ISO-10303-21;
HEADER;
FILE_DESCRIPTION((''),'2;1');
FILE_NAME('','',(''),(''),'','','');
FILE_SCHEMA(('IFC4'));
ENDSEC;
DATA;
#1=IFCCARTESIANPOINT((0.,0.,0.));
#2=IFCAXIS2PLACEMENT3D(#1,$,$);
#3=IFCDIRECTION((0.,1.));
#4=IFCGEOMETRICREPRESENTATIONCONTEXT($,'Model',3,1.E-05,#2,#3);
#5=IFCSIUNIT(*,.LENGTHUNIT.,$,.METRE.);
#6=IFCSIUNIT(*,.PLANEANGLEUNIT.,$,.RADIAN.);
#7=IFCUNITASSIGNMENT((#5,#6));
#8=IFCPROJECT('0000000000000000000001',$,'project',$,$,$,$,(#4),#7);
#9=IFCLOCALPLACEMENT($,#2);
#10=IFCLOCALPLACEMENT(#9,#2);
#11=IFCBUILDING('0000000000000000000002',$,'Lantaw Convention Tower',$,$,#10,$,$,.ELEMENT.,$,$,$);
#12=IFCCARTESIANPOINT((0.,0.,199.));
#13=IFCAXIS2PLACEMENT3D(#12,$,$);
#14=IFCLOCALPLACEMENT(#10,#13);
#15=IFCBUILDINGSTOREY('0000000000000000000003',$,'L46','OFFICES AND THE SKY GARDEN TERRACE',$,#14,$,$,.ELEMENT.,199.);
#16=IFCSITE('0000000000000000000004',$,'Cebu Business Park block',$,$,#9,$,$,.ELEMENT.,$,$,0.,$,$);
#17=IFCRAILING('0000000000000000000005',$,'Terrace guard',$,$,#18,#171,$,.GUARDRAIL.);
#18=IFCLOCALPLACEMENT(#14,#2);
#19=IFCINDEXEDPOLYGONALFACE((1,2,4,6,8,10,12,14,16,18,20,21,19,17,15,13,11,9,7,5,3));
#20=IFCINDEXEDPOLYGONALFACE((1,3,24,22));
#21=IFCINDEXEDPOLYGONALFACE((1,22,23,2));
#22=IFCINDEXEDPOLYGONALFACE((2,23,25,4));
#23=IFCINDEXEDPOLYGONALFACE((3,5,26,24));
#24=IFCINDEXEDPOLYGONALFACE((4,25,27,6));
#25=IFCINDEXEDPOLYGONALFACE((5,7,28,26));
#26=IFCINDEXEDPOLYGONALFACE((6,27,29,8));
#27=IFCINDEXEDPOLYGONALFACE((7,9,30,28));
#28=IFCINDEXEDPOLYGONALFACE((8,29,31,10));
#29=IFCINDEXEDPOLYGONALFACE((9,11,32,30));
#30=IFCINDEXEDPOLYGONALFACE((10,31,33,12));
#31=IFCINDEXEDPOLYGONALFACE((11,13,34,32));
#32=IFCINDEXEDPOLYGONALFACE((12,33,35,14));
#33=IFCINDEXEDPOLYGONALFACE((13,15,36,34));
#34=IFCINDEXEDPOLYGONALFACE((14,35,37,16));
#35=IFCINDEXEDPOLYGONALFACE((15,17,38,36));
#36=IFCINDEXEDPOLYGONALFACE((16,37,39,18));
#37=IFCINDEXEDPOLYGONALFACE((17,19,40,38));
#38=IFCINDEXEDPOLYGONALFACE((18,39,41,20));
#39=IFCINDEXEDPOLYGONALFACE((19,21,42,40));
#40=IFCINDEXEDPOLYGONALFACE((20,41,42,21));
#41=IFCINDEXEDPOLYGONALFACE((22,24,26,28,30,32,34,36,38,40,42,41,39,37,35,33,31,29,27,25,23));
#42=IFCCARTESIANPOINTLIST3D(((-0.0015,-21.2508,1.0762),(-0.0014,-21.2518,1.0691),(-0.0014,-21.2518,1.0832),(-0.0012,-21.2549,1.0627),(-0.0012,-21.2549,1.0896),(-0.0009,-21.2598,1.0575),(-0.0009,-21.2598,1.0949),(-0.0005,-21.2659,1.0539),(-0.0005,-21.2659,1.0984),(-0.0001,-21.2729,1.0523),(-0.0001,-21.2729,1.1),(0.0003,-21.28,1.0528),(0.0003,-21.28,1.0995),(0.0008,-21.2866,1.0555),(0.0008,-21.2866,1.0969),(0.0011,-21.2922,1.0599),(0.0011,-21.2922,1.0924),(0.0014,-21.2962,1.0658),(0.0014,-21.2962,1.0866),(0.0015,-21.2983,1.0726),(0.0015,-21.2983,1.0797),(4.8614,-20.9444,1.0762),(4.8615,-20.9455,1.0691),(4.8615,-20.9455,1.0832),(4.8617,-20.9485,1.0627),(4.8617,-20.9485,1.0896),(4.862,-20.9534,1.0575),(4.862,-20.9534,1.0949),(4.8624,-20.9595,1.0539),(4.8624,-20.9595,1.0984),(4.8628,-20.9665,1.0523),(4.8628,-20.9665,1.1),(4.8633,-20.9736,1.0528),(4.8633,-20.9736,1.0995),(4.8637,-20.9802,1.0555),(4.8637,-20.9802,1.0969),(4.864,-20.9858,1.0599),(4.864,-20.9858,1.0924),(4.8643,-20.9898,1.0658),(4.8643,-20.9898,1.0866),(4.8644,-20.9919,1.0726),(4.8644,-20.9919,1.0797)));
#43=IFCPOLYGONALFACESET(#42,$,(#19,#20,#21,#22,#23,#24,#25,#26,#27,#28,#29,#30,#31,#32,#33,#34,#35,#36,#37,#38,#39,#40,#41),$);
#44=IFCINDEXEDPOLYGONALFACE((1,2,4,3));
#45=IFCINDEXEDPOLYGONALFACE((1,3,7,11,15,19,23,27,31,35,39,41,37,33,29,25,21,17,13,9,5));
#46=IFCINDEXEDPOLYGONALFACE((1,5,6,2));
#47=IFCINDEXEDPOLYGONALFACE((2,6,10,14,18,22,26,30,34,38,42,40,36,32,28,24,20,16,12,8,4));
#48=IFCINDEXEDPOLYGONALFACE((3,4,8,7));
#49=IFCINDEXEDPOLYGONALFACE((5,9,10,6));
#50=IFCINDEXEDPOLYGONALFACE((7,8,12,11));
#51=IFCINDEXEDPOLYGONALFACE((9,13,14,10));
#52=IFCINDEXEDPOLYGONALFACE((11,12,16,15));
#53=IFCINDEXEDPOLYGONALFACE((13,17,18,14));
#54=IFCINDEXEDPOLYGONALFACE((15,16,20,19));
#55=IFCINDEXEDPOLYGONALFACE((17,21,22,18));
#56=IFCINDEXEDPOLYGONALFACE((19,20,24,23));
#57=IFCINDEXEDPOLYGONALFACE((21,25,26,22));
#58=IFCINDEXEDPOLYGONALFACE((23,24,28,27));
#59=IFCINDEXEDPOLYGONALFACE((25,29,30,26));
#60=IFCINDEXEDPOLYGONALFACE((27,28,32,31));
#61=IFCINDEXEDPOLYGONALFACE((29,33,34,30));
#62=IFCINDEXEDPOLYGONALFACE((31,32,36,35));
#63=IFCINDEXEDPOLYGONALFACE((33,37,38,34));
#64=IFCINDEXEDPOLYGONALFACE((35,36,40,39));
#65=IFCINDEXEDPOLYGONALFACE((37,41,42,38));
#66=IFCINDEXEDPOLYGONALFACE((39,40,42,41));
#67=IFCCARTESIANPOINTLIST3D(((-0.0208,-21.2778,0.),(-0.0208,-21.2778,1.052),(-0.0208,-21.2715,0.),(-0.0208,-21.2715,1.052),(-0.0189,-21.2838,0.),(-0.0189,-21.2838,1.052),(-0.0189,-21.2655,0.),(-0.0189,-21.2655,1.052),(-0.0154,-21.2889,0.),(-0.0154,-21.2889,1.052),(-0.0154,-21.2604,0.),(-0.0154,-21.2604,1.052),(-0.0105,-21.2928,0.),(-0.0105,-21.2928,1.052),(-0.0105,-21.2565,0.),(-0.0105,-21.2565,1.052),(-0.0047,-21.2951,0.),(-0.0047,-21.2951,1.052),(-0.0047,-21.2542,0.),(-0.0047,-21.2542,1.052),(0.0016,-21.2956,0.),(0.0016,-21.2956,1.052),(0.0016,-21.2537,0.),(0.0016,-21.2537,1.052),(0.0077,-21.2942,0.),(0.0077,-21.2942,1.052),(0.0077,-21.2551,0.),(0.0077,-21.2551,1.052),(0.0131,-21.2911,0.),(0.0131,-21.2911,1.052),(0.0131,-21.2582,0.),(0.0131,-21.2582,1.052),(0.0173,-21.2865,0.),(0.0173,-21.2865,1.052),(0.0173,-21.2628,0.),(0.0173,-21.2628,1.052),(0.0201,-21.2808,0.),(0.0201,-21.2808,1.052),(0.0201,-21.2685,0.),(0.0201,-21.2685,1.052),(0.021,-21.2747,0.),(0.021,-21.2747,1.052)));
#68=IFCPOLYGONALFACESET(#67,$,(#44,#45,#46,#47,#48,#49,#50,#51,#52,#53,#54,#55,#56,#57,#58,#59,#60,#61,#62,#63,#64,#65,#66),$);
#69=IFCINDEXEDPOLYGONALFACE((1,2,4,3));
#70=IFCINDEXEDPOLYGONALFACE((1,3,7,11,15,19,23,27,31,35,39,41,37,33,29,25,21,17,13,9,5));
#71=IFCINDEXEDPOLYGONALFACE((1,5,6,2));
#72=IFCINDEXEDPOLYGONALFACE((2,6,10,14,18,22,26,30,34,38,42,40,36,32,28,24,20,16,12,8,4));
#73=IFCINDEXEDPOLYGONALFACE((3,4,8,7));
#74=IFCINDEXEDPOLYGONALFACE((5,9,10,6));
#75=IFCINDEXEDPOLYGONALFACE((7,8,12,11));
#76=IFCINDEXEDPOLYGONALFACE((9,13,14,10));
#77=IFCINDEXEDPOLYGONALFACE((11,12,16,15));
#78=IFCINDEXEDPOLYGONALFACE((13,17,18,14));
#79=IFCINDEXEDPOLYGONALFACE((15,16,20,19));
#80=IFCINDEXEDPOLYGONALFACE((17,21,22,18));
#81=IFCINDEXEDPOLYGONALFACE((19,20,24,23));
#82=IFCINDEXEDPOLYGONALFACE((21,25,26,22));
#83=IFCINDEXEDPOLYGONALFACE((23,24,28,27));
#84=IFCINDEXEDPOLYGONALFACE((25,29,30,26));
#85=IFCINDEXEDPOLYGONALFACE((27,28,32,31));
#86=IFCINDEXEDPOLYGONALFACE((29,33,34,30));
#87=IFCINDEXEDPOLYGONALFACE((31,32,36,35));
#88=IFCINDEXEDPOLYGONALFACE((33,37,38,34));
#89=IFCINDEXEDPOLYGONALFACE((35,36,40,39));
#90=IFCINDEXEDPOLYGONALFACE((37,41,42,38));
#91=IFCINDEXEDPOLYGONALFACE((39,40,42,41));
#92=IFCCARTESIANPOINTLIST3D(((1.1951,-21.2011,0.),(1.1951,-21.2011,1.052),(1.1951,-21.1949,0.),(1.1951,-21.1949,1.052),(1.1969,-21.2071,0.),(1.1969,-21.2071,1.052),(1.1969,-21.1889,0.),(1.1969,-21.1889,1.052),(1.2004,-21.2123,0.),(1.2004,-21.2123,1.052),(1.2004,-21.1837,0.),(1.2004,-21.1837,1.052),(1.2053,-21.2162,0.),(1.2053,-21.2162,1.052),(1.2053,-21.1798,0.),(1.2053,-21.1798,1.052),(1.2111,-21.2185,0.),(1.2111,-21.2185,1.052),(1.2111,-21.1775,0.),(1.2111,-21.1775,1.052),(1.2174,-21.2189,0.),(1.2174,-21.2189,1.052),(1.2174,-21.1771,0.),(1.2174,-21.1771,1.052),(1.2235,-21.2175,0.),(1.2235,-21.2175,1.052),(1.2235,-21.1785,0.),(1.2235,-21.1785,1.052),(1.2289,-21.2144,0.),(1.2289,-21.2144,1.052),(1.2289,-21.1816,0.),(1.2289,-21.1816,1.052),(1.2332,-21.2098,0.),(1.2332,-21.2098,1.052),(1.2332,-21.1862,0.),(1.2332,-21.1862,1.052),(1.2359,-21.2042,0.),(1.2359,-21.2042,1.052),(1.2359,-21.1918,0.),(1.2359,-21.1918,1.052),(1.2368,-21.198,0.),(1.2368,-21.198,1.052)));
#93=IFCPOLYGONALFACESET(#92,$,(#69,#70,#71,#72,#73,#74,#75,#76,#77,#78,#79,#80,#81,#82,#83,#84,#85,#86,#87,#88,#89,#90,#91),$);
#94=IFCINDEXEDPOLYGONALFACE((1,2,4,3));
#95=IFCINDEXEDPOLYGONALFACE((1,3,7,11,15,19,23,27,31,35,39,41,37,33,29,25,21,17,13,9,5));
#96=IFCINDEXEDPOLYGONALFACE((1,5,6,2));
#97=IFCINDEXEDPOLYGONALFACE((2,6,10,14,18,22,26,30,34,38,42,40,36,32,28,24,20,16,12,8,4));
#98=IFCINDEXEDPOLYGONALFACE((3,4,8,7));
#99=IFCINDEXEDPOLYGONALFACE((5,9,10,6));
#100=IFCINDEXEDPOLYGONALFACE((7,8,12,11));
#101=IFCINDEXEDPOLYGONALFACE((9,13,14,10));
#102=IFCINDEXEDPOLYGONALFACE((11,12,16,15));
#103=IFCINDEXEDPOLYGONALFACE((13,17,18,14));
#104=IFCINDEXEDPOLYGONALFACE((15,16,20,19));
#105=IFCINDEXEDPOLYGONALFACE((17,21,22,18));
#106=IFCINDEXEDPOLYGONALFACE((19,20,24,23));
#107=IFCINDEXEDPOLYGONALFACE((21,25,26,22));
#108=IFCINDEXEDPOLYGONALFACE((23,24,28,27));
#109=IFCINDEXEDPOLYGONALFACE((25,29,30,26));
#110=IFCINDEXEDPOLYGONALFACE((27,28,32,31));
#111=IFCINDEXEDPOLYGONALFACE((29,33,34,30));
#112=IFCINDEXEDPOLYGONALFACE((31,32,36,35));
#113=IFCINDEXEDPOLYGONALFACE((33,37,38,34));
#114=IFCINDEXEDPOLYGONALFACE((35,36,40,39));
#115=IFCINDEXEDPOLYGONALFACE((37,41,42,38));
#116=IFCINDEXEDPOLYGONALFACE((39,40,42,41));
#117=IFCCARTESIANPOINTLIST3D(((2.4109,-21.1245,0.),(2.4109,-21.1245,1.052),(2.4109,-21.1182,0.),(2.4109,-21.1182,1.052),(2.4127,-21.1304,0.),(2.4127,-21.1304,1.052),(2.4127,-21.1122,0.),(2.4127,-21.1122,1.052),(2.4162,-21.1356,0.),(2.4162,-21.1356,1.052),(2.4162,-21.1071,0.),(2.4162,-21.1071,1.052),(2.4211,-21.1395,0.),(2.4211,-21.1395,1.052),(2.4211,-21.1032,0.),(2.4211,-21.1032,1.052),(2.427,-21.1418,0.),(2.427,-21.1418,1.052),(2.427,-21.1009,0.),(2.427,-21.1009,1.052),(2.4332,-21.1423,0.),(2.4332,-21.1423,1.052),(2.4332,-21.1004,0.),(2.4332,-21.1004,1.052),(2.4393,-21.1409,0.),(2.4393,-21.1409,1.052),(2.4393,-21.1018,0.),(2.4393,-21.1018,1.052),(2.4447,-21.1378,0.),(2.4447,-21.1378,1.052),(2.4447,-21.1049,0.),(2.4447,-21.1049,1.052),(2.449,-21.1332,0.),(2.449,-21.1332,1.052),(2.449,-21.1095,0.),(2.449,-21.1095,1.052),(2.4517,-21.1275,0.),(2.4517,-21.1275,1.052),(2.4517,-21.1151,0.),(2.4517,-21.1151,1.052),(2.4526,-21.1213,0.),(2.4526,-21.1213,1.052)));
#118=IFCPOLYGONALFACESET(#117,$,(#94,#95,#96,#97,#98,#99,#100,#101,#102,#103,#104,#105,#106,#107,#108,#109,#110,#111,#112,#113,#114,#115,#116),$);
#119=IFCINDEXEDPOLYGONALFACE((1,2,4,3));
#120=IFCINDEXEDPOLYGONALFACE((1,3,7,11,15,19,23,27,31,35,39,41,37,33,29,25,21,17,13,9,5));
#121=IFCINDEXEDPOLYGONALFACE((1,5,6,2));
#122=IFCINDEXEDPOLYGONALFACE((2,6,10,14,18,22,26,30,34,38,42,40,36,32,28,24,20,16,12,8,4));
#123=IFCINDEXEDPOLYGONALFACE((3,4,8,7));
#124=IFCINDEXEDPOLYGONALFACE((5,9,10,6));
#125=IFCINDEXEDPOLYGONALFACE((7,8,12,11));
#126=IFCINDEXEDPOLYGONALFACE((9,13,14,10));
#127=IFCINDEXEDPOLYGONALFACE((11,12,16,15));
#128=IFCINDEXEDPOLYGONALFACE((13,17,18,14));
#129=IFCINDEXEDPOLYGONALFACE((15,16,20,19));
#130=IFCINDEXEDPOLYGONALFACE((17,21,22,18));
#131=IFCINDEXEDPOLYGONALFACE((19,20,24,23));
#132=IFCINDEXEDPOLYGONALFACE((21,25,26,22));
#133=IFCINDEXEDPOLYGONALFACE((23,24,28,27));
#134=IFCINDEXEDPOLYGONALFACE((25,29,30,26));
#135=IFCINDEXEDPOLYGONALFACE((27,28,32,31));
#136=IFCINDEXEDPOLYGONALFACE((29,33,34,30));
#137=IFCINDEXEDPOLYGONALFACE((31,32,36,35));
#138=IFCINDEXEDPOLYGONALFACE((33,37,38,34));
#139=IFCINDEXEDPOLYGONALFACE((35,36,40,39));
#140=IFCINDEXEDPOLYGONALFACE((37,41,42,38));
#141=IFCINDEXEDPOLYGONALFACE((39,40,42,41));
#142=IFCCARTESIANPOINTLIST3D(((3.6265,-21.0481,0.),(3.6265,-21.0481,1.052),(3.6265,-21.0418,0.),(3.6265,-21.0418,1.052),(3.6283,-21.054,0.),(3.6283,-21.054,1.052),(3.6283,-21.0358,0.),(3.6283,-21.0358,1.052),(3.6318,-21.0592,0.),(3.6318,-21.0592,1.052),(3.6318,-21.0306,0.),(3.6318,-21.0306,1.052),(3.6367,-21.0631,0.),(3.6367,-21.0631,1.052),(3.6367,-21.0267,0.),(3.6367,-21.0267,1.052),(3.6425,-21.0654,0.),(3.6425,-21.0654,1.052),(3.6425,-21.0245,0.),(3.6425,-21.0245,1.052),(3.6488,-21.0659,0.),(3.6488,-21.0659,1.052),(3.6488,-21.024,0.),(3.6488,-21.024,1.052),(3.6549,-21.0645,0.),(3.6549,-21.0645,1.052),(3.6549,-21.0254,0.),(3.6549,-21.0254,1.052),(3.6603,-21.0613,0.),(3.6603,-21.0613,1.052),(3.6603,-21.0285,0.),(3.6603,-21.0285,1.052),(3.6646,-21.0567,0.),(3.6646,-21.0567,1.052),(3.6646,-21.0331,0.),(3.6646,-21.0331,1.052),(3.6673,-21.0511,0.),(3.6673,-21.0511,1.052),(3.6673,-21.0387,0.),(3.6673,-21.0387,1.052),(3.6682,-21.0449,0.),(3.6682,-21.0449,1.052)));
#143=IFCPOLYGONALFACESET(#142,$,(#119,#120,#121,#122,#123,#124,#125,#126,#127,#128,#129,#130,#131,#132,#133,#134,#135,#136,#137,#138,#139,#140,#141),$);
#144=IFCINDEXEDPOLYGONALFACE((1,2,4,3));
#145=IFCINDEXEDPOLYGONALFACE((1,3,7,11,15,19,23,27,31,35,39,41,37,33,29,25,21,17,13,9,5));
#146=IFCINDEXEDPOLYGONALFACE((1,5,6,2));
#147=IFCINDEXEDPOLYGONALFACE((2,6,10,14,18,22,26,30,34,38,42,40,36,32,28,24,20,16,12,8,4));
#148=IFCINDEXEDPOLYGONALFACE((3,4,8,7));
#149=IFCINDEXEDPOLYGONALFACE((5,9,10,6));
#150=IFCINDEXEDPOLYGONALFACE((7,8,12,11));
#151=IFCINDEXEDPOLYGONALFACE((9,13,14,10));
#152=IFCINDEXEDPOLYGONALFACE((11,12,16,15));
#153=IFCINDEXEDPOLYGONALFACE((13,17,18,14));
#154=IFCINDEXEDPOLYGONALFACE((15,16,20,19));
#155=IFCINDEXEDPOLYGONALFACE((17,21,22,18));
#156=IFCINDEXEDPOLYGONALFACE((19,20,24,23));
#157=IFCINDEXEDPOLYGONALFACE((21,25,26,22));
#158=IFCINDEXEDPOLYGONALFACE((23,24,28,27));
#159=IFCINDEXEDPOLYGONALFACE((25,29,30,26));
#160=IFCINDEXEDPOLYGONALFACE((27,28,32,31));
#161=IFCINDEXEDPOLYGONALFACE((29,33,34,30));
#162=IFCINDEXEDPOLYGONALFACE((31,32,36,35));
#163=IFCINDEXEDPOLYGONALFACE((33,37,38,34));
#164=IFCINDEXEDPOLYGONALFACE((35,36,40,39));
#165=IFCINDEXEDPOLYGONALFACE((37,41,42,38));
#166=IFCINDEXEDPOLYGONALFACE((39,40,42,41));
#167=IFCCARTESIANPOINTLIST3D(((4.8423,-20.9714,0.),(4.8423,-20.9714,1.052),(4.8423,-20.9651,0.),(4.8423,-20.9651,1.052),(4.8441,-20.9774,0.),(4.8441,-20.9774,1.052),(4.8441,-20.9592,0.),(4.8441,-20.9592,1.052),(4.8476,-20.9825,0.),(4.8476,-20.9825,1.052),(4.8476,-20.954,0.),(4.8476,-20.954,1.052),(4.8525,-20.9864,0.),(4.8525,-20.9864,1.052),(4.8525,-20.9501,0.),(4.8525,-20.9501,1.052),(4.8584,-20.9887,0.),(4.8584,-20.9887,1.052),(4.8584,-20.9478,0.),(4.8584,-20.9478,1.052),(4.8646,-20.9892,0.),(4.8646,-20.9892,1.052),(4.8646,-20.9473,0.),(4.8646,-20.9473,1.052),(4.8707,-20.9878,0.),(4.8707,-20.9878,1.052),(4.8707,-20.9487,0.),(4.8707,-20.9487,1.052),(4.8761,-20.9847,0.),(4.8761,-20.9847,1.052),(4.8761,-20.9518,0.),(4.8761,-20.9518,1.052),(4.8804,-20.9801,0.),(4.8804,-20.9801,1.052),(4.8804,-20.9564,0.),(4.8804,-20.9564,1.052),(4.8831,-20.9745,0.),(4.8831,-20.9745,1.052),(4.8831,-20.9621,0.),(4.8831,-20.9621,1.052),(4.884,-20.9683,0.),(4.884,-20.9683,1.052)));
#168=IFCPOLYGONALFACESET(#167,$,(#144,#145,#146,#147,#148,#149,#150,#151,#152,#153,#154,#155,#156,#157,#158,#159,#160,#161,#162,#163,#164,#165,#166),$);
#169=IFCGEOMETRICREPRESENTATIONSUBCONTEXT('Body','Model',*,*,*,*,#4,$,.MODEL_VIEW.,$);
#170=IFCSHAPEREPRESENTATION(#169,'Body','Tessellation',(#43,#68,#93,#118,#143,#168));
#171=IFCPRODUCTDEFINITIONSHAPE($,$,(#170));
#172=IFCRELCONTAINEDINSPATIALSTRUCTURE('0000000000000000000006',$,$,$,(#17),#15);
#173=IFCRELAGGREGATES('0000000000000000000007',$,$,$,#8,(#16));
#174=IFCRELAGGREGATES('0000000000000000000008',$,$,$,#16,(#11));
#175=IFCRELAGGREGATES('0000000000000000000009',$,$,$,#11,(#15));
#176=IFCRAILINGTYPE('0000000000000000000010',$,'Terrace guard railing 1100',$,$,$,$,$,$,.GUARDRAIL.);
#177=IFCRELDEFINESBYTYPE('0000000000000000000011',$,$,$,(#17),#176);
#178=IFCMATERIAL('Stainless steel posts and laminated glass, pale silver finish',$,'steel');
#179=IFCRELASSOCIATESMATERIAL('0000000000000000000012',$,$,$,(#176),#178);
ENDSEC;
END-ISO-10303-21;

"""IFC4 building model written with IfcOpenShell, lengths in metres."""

from ifc_helpers import new_model, si_unit, direction, frame, origin, origin_2d, place, context, subcontext, project, spatial, circle, extrude, material, type_object, element, save


model = new_model("IFC4")

# Units and contexts
model_context = context("Model", 3, precision=1e-05, world=origin(), true_north=direction((0.0, 1.0)))
body_context = subcontext(model_context, "Body", "Model", "MODEL_VIEW")
ifc_project = project(units=[si_unit("LENGTHUNIT", "METRE"), si_unit("PLANEANGLEUNIT", "RADIAN")], contexts=[model_context])

# Site, building, storey
site_placement = place(None, origin())
site = spatial("IfcSite", under=ifc_project, at=site_placement, Name="Cebu Business Park block", CompositionType="ELEMENT", RefElevation=0.0)
building_placement = place(site_placement, origin())
building = spatial("IfcBuilding", under=site, at=building_placement, Name="Lantaw Convention Tower", CompositionType="ELEMENT")
storey_placement = place(building_placement, frame((0.0, 0.0, 199.0)))
storey = spatial("IfcBuildingStorey", under=building, at=storey_placement, Name="L46", Description="OFFICES AND THE SKY GARDEN TERRACE", CompositionType="ELEMENT", Elevation=199.0)

# Railing
ifc_material_1 = material(Name="Stainless steel posts and laminated glass, pale silver finish", Category="steel")
railing_type = type_object("IfcRailingType", Name="Terrace guard railing 1100", PredefinedType="GUARDRAIL", material=ifc_material_1)
railing_1_placement = place(storey_placement, frame((0.0, -21.2747, 0.0)))
element("IfcRailing", 1, at=railing_1_placement, inside=storey, type_object=railing_type, Name="Terrace guard", PredefinedType="GUARDRAIL", context=body_context, shape_type="SweptSolid", body=[
    extrude(circle(Radius=0.0239, at=origin_2d()), frame((0.0, 0.0, 1.0762), z_axis=(0.998021, 0.06288, 0.0), x_axis=(-0.06288, 0.998021, 0.0)), (0.0, 0.0, 1.0), 4.8726),
    extrude(circle(Radius=0.021, at=origin_2d()), origin(), (0.0, 0.0, 1.0), 1.052),
    extrude(circle(Radius=0.021, at=origin_2d()), frame((1.2158, 0.0767, 0.0)), (0.0, 0.0, 1.0), 1.052),
    extrude(circle(Radius=0.021, at=origin_2d()), frame((2.4316, 0.1533, 0.0)), (0.0, 0.0, 1.0), 1.052),
    extrude(circle(Radius=0.021, at=origin_2d()), frame((3.6472, 0.2297, 0.0)), (0.0, 0.0, 1.0), 1.052),
    extrude(circle(Radius=0.021, at=origin_2d()), frame((4.863, 0.3064, 0.0)), (0.0, 0.0, 1.0), 1.052),
])

save(model, "model.ifc")
